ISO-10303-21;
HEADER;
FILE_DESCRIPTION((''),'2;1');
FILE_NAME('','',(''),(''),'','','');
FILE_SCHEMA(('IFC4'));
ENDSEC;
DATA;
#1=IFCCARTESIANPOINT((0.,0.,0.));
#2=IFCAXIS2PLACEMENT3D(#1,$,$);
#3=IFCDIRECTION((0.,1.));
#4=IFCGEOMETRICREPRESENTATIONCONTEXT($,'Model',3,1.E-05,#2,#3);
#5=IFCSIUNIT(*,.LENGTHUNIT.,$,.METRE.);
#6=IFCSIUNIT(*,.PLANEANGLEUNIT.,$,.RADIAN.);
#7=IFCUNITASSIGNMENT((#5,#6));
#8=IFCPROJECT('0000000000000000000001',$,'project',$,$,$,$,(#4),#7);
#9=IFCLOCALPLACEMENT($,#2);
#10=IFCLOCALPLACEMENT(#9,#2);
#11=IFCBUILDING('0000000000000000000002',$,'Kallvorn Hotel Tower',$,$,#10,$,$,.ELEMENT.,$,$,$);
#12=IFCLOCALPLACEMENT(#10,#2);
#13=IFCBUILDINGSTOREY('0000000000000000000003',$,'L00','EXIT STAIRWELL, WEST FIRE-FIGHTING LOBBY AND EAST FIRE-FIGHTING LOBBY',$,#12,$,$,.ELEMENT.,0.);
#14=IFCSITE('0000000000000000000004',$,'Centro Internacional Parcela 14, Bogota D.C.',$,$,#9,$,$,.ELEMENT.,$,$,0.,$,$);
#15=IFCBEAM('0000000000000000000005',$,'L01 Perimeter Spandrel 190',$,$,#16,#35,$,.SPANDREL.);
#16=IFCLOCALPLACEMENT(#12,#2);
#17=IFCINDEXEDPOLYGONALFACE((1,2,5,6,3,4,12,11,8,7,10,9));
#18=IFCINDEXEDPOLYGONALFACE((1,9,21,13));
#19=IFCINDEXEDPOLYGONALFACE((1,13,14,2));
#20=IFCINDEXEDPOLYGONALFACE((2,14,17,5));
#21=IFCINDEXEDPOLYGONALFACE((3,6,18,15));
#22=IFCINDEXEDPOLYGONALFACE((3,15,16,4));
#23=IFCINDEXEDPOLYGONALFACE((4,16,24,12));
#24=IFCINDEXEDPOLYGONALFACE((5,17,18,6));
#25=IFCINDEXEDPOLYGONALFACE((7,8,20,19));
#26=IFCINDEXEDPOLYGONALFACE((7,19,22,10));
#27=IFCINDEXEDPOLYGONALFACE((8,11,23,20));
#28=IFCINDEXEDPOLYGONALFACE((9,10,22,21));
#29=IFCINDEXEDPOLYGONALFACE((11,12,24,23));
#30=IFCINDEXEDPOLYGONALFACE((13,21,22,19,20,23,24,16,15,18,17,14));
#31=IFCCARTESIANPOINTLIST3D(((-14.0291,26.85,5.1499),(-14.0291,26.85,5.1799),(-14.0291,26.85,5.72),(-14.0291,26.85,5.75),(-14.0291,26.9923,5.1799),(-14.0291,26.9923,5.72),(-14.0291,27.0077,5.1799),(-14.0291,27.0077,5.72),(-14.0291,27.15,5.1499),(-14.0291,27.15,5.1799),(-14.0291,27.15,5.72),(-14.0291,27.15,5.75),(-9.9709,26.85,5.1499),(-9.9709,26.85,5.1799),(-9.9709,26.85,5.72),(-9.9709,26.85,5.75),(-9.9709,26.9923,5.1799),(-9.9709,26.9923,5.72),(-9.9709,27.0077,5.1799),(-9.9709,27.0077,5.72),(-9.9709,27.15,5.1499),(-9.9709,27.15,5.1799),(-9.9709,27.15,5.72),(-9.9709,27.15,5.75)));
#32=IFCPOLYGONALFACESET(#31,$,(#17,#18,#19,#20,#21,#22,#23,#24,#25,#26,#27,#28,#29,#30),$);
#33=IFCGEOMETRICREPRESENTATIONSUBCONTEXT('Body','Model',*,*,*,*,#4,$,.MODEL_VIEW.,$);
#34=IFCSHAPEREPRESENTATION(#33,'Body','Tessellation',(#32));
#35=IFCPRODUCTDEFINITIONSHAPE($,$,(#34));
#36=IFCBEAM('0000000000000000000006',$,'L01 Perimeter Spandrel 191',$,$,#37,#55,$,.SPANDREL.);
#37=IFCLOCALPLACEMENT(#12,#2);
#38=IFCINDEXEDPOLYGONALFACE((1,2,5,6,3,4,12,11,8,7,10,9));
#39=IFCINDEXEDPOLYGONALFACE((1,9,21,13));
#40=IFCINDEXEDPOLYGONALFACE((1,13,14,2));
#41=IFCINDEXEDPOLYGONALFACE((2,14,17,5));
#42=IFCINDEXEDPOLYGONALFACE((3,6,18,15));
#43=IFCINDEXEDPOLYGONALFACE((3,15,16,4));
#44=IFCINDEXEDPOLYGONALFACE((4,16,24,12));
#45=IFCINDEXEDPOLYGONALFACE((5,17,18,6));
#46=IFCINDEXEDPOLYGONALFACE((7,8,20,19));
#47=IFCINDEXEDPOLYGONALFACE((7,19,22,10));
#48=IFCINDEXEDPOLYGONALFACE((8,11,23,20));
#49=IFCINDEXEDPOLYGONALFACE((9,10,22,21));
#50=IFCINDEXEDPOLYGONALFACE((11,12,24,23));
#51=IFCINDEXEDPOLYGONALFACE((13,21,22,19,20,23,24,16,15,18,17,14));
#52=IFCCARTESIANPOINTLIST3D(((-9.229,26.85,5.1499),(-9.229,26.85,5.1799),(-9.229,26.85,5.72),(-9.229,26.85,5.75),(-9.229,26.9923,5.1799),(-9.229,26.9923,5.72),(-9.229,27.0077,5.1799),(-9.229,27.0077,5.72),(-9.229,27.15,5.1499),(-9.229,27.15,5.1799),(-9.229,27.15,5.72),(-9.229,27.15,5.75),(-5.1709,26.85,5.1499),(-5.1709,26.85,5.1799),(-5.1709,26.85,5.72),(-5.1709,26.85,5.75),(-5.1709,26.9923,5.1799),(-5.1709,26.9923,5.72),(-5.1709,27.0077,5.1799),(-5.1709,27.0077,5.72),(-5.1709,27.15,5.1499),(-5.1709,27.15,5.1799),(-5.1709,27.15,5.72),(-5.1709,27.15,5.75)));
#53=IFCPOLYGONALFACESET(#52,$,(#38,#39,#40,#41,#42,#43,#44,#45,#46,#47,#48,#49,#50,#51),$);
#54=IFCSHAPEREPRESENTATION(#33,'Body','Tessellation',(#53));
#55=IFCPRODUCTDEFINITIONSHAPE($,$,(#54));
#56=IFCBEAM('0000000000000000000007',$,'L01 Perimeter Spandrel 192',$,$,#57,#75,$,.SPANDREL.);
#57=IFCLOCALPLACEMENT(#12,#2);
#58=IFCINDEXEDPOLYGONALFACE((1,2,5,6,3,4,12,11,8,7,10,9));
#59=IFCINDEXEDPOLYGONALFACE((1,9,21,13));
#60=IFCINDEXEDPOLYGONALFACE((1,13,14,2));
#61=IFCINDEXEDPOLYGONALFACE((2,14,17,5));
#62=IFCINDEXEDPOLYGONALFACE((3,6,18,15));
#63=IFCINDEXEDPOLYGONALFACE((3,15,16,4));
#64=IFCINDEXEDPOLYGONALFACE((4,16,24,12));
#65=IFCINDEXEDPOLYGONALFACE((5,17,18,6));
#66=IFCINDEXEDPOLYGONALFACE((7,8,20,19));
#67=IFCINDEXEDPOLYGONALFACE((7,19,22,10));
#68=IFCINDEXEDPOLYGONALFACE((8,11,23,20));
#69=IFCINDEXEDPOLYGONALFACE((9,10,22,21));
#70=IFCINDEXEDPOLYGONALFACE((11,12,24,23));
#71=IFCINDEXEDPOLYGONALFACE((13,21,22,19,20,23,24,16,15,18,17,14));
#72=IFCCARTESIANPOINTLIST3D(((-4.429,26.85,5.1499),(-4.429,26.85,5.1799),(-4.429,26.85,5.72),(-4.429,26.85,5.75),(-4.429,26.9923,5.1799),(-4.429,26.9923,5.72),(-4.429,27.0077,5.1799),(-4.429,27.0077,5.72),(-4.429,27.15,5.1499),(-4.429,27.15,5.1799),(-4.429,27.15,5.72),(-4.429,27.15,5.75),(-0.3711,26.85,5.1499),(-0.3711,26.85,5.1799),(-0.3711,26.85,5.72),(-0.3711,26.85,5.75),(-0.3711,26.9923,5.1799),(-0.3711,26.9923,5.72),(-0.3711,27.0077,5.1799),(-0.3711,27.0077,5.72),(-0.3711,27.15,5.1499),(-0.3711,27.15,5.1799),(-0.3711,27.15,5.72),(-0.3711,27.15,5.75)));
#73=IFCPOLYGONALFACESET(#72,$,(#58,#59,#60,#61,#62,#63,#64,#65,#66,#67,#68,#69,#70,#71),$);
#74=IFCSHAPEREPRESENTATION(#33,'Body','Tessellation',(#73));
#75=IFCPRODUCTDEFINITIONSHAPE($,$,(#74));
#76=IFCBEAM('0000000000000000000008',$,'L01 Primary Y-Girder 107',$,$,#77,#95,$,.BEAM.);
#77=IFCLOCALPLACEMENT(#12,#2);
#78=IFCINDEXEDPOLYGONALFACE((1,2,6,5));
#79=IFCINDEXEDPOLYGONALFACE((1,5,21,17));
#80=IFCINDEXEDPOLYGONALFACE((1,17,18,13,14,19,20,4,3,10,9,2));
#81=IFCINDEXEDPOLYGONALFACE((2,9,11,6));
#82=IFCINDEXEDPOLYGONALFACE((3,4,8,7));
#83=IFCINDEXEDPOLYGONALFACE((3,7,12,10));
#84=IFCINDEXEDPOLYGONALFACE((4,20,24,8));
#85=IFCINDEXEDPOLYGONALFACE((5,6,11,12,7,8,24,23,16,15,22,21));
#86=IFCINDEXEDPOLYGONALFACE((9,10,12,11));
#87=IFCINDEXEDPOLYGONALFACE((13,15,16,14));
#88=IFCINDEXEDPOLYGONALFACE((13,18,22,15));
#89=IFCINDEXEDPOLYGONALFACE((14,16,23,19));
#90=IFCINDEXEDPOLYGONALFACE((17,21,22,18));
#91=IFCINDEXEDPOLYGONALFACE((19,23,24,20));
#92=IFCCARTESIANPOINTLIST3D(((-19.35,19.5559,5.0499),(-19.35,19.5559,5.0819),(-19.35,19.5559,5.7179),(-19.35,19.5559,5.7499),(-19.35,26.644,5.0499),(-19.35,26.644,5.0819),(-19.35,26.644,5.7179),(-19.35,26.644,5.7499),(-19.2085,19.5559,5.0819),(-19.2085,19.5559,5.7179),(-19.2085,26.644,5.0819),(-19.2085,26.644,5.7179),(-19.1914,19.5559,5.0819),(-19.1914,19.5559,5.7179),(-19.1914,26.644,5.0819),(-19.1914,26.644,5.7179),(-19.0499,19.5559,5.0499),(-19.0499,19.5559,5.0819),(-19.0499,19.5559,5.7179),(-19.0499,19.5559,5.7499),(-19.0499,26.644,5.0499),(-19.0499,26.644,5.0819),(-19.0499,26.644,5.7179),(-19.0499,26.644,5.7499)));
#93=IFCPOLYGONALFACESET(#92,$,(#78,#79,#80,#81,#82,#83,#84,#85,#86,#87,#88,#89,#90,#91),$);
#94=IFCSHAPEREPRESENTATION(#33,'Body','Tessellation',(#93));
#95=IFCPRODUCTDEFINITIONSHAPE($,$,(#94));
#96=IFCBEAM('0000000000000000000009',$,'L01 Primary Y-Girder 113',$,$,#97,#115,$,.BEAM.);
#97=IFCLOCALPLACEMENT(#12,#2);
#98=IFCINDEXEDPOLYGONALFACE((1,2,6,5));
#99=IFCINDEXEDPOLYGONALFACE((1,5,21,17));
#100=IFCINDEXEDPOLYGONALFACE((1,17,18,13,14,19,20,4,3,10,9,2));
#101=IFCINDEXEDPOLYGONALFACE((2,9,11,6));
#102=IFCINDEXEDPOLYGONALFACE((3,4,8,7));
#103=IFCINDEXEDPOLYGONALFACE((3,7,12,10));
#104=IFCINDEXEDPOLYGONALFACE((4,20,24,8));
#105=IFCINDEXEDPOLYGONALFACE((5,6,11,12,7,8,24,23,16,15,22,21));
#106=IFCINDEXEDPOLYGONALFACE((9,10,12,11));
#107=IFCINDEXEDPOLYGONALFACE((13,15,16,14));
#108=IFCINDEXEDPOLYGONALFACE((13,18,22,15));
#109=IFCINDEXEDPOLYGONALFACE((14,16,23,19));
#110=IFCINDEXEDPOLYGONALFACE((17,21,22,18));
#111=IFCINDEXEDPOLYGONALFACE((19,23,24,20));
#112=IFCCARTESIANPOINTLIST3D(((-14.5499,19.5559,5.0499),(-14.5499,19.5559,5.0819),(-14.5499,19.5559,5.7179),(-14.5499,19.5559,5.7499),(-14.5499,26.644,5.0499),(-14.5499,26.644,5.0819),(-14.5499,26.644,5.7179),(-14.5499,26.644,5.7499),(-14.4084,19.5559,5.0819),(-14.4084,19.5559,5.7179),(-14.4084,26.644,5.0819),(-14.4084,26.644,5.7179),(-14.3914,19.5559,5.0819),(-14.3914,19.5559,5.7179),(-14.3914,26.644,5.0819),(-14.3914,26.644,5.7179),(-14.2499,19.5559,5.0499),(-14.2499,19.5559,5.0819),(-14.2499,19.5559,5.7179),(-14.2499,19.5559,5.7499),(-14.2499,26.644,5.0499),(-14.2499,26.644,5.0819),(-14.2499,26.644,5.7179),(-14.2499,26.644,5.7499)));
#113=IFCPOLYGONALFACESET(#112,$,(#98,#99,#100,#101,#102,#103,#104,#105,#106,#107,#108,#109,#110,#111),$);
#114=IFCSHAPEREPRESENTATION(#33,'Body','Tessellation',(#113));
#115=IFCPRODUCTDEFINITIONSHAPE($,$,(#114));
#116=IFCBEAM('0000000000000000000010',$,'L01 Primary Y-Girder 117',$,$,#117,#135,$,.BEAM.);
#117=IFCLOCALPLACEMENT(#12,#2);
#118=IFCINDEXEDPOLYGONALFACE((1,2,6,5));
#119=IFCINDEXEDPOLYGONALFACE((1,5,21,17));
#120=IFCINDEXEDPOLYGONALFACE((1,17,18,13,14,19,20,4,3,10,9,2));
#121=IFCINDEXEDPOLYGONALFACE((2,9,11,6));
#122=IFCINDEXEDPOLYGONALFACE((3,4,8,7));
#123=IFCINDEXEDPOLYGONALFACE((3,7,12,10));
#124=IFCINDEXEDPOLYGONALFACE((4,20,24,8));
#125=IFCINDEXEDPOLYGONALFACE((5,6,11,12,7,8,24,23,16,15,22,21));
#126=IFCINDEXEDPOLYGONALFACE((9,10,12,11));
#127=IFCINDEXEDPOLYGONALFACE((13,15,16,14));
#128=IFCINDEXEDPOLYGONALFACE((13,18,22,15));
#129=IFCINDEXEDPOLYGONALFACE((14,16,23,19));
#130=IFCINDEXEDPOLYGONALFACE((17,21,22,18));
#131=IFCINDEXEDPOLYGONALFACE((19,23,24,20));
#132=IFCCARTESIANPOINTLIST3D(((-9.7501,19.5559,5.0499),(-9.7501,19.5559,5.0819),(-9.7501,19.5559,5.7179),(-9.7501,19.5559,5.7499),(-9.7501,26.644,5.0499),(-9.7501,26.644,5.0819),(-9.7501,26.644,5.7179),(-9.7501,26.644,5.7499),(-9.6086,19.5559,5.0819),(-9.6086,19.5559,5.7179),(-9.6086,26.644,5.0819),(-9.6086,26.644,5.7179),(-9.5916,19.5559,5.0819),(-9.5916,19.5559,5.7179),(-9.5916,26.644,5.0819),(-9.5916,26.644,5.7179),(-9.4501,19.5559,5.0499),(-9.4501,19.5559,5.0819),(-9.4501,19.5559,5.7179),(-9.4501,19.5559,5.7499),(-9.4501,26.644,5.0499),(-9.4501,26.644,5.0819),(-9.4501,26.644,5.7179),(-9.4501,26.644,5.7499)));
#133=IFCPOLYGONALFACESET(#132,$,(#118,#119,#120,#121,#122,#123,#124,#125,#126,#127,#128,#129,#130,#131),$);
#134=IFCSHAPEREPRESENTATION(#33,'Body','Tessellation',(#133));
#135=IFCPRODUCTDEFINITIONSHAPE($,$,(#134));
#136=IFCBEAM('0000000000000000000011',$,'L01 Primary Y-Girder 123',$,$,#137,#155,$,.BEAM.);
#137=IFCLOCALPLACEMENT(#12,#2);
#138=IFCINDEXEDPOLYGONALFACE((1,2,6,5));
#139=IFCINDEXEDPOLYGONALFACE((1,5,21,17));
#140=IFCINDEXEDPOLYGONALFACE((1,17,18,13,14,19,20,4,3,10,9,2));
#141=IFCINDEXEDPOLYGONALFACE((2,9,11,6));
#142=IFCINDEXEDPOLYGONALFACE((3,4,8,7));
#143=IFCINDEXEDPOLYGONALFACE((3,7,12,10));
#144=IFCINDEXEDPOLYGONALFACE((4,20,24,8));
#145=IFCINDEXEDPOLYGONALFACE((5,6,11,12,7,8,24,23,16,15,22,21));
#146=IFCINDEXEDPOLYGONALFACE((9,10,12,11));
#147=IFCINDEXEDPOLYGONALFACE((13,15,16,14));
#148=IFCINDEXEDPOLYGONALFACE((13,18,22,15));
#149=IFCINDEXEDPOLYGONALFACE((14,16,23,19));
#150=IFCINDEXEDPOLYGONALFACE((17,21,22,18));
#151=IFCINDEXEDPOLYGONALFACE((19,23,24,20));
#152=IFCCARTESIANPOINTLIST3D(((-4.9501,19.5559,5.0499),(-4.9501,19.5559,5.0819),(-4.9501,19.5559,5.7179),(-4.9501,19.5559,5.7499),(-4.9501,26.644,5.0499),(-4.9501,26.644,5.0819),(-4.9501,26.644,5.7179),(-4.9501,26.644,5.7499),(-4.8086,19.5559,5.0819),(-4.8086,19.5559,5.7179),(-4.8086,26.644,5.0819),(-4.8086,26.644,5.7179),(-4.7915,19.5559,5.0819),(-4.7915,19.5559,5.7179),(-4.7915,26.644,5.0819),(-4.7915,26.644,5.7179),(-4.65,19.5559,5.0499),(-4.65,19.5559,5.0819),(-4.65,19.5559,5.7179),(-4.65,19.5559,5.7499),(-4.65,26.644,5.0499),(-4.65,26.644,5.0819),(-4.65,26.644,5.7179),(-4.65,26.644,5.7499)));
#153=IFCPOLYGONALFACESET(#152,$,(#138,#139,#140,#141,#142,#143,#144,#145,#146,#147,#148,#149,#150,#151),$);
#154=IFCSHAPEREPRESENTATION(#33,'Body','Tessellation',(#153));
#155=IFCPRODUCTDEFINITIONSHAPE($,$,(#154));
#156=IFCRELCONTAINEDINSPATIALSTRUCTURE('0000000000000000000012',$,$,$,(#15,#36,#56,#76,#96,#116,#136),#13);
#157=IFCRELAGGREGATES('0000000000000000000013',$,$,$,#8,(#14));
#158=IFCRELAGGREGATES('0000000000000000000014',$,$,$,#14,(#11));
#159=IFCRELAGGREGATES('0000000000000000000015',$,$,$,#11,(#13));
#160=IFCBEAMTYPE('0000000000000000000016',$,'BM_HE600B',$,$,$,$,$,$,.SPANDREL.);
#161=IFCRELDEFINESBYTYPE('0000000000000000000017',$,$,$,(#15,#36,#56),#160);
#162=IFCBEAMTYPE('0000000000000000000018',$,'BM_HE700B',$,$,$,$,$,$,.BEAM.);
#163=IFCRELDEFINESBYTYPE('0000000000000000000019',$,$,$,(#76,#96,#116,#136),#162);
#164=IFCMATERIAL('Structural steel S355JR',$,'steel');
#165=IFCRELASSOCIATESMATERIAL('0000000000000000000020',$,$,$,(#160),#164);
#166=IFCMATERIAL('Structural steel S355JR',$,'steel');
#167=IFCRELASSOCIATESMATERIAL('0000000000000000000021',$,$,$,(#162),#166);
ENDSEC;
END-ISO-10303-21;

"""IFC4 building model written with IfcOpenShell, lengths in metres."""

from ifc_helpers import new_model, si_unit, direction, frame, origin, origin_2d, place, context, subcontext, project, spatial, i_section, extrude, material, material_profile, profile_set, type_object, element, save


model = new_model("IFC4")

# Units and contexts
model_context = context("Model", 3, precision=1e-05, world=origin(), true_north=direction((0.0, 1.0)))
body_context = subcontext(model_context, "Body", "Model", "MODEL_VIEW")
ifc_project = project(units=[si_unit("LENGTHUNIT", "METRE"), si_unit("PLANEANGLEUNIT", "RADIAN")], contexts=[model_context])

# Site, building, storey
site_placement = place(None, origin())
site = spatial("IfcSite", under=ifc_project, at=site_placement, Name="Centro Internacional Parcela 14, Bogota D.C.", CompositionType="ELEMENT", RefElevation=0.0)
building_placement = place(site_placement, origin())
building = spatial("IfcBuilding", under=site, at=building_placement, Name="Kallvorn Hotel Tower", CompositionType="ELEMENT")
storey_placement = place(building_placement, origin())
storey = spatial("IfcBuildingStorey", under=building, at=storey_placement, Name="L00", Description="EXIT STAIRWELL, WEST FIRE-FIGHTING LOBBY AND EAST FIRE-FIGHTING LOBBY", CompositionType="ELEMENT", Elevation=0.0)

# Beams
ifc_material_1 = material(Name="Structural steel S355JR", Category="steel")
ifc_material_profile_1 = material_profile(ifc_material_1, i_section(OverallWidth=0.3, OverallDepth=0.6001, WebThickness=0.0154, FlangeThickness=0.03, at=origin_2d()), Name="HE 600 B")
ifc_profile_set_1 = profile_set([ifc_material_profile_1], Name="Structural steel S355JR")
beam_type_1 = type_object("IfcBeamType", Name="BM_HE600B", PredefinedType="SPANDREL", material=ifc_profile_set_1)
for number, where, z_axis, x_axis, name in (
    (1, (-14.0291, 27.0, 5.45), (1.0, 0.0, 0.0), (0.0, 1.0, 0.0), "L01 Perimeter Spandrel 190"),
    (2, (-9.229, 27.0, 5.45), (1.0, 0.0, 0.0), (0.0, 1.0, 0.0), "L01 Perimeter Spandrel 191"),
):
    element("IfcBeam", number, at=place(storey_placement, frame(where, z_axis=z_axis, x_axis=x_axis)), inside=storey, type_object=beam_type_1, Name=name, PredefinedType="SPANDREL", context=body_context, shape_type="SweptSolid", body=[
        extrude(i_section(OverallWidth=0.3, OverallDepth=0.6001, WebThickness=0.0154, FlangeThickness=0.03, at=origin_2d()), origin(), (0.0, 0.0, 1.0), 4.0581),
    ])
beam_1_placement = place(storey_placement, frame((-4.429, 27.0, 5.45), z_axis=(1.0, 0.0, 0.0), x_axis=(0.0, 1.0, 0.0)))
element("IfcBeam", 3, at=beam_1_placement, inside=storey, type_object=beam_type_1, Name="L01 Perimeter Spandrel 192", PredefinedType="SPANDREL", context=body_context, shape_type="SweptSolid", body=[
    extrude(i_section(OverallWidth=0.3, OverallDepth=0.6001, WebThickness=0.0154, FlangeThickness=0.03, at=origin_2d()), origin(), (0.0, 0.0, 1.0), 4.0579),
])
ifc_material_2 = material(Name="Structural steel S355JR", Category="steel")
ifc_material_profile_2 = material_profile(ifc_material_2, i_section(OverallWidth=0.3, OverallDepth=0.7, WebThickness=0.0171, FlangeThickness=0.032, at=origin_2d()), Name="HE 700 B")
ifc_profile_set_2 = profile_set([ifc_material_profile_2], Name="Structural steel S355JR")
beam_type_2 = type_object("IfcBeamType", Name="BM_HE700B", PredefinedType="BEAM", material=ifc_profile_set_2)
for number, where, z_axis, x_axis, name in (
    (4, (-19.2, 19.5559, 5.3999), (0.0, 1.0, 0.0), (-1.0, 0.0, 0.0), "L01 Primary Y-Girder 107"),
    (5, (-14.3999, 19.5559, 5.3999), (0.0, 1.0, 0.0), (-1.0, 0.0, 0.0), "L01 Primary Y-Girder 113"),
    (6, (-9.6001, 19.5559, 5.3999), (0.0, 1.0, 0.0), (-1.0, 0.0, 0.0), "L01 Primary Y-Girder 117"),
    (7, (-4.8, 19.5559, 5.3999), (0.0, 1.0, 0.0), (-1.0, 0.0, 0.0), "L01 Primary Y-Girder 123"),
):
    element("IfcBeam", number, at=place(storey_placement, frame(where, z_axis=z_axis, x_axis=x_axis)), inside=storey, type_object=beam_type_2, Name=name, PredefinedType="BEAM", context=body_context, shape_type="SweptSolid", body=[
        extrude(i_section(OverallWidth=0.3, OverallDepth=0.7, WebThickness=0.0171, FlangeThickness=0.032, at=origin_2d()), origin(), (0.0, 0.0, 1.0), 7.0881),
    ])

save(model, "model.ifc")
